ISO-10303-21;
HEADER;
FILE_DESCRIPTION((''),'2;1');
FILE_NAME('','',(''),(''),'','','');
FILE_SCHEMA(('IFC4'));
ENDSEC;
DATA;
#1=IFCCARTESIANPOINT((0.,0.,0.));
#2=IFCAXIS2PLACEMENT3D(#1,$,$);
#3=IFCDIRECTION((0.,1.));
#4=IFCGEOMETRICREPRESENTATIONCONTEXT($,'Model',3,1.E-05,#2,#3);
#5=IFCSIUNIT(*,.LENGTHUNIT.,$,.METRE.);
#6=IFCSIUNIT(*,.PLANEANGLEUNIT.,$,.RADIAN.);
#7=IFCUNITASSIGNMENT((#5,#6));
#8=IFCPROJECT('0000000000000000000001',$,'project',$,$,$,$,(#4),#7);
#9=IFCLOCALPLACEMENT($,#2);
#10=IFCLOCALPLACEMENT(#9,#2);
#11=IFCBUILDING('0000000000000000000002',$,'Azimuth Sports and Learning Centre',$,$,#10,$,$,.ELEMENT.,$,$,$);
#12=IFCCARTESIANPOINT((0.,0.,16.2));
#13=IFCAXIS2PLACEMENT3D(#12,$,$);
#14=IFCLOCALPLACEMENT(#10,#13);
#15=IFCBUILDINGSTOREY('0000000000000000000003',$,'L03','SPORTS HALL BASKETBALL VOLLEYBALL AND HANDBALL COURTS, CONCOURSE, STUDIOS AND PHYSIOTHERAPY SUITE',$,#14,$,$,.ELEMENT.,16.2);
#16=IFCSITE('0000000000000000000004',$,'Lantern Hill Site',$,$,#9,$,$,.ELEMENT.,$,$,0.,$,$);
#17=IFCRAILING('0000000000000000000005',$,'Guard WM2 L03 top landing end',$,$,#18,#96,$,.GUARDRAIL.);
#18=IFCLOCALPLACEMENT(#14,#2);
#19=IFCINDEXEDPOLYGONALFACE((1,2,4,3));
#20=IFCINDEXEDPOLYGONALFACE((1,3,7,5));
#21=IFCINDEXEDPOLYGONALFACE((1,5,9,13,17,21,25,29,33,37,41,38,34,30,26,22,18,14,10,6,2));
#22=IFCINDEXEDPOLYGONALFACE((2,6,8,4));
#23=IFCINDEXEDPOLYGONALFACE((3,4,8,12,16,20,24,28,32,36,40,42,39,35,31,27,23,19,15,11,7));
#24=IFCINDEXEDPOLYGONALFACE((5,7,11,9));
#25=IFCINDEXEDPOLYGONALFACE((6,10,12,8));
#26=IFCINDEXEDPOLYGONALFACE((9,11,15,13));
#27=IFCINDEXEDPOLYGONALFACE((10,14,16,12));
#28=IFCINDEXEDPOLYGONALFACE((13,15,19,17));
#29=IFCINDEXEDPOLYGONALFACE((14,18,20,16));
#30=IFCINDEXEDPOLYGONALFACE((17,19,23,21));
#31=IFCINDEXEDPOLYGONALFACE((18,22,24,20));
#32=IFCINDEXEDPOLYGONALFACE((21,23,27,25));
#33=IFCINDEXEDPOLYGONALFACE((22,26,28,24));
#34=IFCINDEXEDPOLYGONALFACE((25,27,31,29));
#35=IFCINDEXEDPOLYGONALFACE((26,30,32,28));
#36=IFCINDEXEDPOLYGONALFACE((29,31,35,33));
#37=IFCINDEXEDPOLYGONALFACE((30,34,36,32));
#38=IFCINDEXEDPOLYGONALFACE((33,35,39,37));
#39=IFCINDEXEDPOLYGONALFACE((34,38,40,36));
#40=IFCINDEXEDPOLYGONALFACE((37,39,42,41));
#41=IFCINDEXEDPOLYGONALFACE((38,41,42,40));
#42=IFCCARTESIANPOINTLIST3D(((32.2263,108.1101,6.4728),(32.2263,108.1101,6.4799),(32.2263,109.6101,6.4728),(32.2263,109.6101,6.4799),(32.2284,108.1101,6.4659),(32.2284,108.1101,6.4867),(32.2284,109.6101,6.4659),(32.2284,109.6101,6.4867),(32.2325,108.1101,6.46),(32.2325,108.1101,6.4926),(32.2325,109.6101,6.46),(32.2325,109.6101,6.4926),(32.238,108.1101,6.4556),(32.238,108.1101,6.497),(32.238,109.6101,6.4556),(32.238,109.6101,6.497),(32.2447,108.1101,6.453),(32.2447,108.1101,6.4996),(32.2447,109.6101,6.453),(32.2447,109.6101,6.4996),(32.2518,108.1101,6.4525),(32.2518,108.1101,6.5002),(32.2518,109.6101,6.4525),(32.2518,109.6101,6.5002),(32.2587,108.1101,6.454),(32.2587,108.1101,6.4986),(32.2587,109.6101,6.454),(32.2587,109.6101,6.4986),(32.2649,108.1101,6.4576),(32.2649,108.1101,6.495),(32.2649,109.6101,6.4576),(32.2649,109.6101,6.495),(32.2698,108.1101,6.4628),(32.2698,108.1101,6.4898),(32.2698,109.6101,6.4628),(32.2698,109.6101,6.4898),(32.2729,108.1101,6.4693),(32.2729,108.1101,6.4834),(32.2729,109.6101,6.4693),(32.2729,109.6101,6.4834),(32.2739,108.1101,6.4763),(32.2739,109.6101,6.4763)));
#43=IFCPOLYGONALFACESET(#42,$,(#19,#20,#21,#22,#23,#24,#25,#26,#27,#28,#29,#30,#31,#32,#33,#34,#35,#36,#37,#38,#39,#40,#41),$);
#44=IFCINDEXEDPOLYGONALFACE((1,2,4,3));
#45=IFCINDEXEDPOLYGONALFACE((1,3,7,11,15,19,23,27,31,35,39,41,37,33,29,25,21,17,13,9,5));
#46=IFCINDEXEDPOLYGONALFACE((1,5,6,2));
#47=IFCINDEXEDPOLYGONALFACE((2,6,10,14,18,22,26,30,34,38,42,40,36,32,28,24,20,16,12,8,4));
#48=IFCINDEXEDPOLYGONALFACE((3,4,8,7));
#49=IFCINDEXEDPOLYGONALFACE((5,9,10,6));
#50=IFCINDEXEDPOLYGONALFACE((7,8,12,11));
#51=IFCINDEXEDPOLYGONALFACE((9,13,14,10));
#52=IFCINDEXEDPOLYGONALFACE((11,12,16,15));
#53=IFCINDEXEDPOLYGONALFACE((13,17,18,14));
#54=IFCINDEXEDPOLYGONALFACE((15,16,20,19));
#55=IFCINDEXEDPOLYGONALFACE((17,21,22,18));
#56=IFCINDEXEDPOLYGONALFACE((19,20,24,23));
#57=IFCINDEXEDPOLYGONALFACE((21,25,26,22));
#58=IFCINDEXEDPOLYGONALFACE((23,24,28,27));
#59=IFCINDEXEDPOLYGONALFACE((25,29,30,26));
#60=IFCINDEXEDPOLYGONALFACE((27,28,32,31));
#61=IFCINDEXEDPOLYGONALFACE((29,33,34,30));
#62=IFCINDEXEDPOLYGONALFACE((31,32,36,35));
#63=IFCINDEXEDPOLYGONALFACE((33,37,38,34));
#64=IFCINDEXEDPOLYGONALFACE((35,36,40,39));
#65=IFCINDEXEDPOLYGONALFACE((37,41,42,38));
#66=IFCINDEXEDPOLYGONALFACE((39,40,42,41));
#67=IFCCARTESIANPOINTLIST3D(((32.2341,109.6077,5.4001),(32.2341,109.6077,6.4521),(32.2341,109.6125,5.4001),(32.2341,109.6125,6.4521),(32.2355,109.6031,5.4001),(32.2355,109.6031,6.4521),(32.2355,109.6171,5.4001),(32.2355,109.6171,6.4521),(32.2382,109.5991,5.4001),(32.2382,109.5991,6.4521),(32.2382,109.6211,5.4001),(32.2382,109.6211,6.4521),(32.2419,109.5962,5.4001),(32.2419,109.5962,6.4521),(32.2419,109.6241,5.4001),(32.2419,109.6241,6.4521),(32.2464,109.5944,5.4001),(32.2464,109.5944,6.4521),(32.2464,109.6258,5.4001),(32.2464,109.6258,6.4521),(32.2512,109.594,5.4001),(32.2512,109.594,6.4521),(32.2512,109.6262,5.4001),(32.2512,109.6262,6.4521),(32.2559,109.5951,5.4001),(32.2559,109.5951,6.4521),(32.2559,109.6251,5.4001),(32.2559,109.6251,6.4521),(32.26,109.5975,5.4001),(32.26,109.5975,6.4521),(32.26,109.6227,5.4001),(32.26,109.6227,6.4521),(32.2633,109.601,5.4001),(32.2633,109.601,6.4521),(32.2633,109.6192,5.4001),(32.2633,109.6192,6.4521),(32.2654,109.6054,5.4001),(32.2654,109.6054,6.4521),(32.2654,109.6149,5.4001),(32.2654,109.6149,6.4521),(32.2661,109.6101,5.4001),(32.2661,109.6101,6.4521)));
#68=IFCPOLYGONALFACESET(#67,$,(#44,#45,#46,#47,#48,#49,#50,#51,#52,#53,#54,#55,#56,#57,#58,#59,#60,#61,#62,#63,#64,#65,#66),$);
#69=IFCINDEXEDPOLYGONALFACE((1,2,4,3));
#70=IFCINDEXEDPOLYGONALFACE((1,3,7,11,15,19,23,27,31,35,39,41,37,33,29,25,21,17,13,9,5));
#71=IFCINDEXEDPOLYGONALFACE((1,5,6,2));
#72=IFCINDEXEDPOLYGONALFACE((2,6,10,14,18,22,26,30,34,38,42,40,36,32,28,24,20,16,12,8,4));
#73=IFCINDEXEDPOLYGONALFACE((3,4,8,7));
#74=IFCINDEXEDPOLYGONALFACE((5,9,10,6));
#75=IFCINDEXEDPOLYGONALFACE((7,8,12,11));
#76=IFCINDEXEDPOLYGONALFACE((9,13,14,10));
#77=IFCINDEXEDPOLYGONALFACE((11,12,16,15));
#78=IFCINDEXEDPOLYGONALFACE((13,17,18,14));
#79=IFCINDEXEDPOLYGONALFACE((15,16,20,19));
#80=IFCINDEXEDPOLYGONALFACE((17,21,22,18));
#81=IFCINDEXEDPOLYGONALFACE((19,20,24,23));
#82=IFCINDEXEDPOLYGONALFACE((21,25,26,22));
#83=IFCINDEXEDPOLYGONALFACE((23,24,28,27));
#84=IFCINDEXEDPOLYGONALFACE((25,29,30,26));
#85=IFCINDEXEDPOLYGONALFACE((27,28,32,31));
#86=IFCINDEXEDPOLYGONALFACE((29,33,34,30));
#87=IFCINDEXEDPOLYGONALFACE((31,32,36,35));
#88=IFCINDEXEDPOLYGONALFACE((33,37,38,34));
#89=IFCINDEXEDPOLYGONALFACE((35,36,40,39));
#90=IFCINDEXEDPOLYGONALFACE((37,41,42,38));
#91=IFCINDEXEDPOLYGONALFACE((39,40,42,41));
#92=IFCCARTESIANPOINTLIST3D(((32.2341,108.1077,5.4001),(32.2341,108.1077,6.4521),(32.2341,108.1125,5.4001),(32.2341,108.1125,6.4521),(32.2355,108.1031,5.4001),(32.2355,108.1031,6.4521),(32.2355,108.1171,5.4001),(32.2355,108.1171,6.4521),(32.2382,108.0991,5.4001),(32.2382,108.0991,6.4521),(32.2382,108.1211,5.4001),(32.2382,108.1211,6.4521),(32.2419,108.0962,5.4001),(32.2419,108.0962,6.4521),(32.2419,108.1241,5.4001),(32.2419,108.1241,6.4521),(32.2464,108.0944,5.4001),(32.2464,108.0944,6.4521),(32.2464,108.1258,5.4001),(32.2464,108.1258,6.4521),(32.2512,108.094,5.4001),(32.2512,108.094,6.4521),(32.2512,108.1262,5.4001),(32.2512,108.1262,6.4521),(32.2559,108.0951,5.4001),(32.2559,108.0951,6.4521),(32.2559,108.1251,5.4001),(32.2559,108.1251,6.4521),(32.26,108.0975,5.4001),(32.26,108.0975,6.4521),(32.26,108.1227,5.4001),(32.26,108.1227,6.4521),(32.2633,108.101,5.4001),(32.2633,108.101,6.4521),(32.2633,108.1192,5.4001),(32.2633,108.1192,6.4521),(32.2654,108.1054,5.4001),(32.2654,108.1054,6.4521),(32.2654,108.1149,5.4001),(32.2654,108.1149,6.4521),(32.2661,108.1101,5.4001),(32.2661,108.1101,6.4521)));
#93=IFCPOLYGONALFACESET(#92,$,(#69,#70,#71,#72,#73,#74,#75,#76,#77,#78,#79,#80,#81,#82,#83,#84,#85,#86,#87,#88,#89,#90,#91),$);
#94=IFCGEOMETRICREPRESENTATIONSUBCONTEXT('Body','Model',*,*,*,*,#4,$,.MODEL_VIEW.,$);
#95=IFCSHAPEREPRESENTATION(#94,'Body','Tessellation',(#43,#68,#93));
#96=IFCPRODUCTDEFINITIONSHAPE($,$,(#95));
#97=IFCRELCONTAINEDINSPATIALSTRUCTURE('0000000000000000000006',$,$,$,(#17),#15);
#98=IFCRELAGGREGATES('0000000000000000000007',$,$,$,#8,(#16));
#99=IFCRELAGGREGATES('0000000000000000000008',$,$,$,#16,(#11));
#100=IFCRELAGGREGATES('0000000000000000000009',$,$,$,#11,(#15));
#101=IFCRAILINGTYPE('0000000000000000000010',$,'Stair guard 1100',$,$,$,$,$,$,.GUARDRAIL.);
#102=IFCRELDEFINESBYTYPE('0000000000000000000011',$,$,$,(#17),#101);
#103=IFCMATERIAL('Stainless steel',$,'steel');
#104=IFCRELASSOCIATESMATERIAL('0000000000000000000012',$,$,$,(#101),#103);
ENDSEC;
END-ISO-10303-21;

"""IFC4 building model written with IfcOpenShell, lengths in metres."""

from ifc_helpers import new_model, si_unit, direction, frame, origin, origin_2d, place, context, subcontext, project, spatial, circle, extrude, material, type_object, element, save


model = new_model("IFC4")

# Units and contexts
model_context = context("Model", 3, precision=1e-05, world=origin(), true_north=direction((0.0, 1.0)))
body_context = subcontext(model_context, "Body", "Model", "MODEL_VIEW")
ifc_project = project(units=[si_unit("LENGTHUNIT", "METRE"), si_unit("PLANEANGLEUNIT", "RADIAN")], contexts=[model_context])

# Site, building, storey
site_placement = place(None, origin())
site = spatial("IfcSite", under=ifc_project, at=site_placement, Name="Lantern Hill Site", CompositionType="ELEMENT", RefElevation=0.0)
building_placement = place(site_placement, origin())
building = spatial("IfcBuilding", under=site, at=building_placement, Name="Azimuth Sports and Learning Centre", CompositionType="ELEMENT")
storey_placement = place(building_placement, frame((0.0, 0.0, 16.2)))
storey = spatial("IfcBuildingStorey", under=building, at=storey_placement, Name="L03", Description="SPORTS HALL BASKETBALL VOLLEYBALL AND HANDBALL COURTS, CONCOURSE, STUDIOS AND PHYSIOTHERAPY SUITE", CompositionType="ELEMENT", Elevation=16.2)

# Railing
ifc_material_1 = material(Name="Stainless steel", Category="steel")
railing_type_1 = type_object("IfcRailingType", Name="Stair guard 1100", PredefinedType="GUARDRAIL", material=ifc_material_1)
railing_1_placement = place(storey_placement, frame((32.25, 109.6101, 5.4001)))
element("IfcRailing", 1, at=railing_1_placement, inside=storey, type_object=railing_type_1, Name="Guard WM2 L03 top landing end", PredefinedType="GUARDRAIL", context=body_context, shape_type="SweptSolid", body=[
    extrude(circle(Radius=0.0239, at=origin_2d()), frame((0.0, 0.0, 1.0762), z_axis=(0.0, -1.0, 0.0), x_axis=(1.0, 0.0, 0.0)), (0.0, 0.0, 1.0), 1.5),
    extrude(circle(Radius=0.0161, at=origin_2d()), origin(), (0.0, 0.0, 1.0), 1.052),
    extrude(circle(Radius=0.0161, at=origin_2d()), frame((0.0, -1.5, 0.0)), (0.0, 0.0, 1.0), 1.052),
])

save(model, "model.ifc")
